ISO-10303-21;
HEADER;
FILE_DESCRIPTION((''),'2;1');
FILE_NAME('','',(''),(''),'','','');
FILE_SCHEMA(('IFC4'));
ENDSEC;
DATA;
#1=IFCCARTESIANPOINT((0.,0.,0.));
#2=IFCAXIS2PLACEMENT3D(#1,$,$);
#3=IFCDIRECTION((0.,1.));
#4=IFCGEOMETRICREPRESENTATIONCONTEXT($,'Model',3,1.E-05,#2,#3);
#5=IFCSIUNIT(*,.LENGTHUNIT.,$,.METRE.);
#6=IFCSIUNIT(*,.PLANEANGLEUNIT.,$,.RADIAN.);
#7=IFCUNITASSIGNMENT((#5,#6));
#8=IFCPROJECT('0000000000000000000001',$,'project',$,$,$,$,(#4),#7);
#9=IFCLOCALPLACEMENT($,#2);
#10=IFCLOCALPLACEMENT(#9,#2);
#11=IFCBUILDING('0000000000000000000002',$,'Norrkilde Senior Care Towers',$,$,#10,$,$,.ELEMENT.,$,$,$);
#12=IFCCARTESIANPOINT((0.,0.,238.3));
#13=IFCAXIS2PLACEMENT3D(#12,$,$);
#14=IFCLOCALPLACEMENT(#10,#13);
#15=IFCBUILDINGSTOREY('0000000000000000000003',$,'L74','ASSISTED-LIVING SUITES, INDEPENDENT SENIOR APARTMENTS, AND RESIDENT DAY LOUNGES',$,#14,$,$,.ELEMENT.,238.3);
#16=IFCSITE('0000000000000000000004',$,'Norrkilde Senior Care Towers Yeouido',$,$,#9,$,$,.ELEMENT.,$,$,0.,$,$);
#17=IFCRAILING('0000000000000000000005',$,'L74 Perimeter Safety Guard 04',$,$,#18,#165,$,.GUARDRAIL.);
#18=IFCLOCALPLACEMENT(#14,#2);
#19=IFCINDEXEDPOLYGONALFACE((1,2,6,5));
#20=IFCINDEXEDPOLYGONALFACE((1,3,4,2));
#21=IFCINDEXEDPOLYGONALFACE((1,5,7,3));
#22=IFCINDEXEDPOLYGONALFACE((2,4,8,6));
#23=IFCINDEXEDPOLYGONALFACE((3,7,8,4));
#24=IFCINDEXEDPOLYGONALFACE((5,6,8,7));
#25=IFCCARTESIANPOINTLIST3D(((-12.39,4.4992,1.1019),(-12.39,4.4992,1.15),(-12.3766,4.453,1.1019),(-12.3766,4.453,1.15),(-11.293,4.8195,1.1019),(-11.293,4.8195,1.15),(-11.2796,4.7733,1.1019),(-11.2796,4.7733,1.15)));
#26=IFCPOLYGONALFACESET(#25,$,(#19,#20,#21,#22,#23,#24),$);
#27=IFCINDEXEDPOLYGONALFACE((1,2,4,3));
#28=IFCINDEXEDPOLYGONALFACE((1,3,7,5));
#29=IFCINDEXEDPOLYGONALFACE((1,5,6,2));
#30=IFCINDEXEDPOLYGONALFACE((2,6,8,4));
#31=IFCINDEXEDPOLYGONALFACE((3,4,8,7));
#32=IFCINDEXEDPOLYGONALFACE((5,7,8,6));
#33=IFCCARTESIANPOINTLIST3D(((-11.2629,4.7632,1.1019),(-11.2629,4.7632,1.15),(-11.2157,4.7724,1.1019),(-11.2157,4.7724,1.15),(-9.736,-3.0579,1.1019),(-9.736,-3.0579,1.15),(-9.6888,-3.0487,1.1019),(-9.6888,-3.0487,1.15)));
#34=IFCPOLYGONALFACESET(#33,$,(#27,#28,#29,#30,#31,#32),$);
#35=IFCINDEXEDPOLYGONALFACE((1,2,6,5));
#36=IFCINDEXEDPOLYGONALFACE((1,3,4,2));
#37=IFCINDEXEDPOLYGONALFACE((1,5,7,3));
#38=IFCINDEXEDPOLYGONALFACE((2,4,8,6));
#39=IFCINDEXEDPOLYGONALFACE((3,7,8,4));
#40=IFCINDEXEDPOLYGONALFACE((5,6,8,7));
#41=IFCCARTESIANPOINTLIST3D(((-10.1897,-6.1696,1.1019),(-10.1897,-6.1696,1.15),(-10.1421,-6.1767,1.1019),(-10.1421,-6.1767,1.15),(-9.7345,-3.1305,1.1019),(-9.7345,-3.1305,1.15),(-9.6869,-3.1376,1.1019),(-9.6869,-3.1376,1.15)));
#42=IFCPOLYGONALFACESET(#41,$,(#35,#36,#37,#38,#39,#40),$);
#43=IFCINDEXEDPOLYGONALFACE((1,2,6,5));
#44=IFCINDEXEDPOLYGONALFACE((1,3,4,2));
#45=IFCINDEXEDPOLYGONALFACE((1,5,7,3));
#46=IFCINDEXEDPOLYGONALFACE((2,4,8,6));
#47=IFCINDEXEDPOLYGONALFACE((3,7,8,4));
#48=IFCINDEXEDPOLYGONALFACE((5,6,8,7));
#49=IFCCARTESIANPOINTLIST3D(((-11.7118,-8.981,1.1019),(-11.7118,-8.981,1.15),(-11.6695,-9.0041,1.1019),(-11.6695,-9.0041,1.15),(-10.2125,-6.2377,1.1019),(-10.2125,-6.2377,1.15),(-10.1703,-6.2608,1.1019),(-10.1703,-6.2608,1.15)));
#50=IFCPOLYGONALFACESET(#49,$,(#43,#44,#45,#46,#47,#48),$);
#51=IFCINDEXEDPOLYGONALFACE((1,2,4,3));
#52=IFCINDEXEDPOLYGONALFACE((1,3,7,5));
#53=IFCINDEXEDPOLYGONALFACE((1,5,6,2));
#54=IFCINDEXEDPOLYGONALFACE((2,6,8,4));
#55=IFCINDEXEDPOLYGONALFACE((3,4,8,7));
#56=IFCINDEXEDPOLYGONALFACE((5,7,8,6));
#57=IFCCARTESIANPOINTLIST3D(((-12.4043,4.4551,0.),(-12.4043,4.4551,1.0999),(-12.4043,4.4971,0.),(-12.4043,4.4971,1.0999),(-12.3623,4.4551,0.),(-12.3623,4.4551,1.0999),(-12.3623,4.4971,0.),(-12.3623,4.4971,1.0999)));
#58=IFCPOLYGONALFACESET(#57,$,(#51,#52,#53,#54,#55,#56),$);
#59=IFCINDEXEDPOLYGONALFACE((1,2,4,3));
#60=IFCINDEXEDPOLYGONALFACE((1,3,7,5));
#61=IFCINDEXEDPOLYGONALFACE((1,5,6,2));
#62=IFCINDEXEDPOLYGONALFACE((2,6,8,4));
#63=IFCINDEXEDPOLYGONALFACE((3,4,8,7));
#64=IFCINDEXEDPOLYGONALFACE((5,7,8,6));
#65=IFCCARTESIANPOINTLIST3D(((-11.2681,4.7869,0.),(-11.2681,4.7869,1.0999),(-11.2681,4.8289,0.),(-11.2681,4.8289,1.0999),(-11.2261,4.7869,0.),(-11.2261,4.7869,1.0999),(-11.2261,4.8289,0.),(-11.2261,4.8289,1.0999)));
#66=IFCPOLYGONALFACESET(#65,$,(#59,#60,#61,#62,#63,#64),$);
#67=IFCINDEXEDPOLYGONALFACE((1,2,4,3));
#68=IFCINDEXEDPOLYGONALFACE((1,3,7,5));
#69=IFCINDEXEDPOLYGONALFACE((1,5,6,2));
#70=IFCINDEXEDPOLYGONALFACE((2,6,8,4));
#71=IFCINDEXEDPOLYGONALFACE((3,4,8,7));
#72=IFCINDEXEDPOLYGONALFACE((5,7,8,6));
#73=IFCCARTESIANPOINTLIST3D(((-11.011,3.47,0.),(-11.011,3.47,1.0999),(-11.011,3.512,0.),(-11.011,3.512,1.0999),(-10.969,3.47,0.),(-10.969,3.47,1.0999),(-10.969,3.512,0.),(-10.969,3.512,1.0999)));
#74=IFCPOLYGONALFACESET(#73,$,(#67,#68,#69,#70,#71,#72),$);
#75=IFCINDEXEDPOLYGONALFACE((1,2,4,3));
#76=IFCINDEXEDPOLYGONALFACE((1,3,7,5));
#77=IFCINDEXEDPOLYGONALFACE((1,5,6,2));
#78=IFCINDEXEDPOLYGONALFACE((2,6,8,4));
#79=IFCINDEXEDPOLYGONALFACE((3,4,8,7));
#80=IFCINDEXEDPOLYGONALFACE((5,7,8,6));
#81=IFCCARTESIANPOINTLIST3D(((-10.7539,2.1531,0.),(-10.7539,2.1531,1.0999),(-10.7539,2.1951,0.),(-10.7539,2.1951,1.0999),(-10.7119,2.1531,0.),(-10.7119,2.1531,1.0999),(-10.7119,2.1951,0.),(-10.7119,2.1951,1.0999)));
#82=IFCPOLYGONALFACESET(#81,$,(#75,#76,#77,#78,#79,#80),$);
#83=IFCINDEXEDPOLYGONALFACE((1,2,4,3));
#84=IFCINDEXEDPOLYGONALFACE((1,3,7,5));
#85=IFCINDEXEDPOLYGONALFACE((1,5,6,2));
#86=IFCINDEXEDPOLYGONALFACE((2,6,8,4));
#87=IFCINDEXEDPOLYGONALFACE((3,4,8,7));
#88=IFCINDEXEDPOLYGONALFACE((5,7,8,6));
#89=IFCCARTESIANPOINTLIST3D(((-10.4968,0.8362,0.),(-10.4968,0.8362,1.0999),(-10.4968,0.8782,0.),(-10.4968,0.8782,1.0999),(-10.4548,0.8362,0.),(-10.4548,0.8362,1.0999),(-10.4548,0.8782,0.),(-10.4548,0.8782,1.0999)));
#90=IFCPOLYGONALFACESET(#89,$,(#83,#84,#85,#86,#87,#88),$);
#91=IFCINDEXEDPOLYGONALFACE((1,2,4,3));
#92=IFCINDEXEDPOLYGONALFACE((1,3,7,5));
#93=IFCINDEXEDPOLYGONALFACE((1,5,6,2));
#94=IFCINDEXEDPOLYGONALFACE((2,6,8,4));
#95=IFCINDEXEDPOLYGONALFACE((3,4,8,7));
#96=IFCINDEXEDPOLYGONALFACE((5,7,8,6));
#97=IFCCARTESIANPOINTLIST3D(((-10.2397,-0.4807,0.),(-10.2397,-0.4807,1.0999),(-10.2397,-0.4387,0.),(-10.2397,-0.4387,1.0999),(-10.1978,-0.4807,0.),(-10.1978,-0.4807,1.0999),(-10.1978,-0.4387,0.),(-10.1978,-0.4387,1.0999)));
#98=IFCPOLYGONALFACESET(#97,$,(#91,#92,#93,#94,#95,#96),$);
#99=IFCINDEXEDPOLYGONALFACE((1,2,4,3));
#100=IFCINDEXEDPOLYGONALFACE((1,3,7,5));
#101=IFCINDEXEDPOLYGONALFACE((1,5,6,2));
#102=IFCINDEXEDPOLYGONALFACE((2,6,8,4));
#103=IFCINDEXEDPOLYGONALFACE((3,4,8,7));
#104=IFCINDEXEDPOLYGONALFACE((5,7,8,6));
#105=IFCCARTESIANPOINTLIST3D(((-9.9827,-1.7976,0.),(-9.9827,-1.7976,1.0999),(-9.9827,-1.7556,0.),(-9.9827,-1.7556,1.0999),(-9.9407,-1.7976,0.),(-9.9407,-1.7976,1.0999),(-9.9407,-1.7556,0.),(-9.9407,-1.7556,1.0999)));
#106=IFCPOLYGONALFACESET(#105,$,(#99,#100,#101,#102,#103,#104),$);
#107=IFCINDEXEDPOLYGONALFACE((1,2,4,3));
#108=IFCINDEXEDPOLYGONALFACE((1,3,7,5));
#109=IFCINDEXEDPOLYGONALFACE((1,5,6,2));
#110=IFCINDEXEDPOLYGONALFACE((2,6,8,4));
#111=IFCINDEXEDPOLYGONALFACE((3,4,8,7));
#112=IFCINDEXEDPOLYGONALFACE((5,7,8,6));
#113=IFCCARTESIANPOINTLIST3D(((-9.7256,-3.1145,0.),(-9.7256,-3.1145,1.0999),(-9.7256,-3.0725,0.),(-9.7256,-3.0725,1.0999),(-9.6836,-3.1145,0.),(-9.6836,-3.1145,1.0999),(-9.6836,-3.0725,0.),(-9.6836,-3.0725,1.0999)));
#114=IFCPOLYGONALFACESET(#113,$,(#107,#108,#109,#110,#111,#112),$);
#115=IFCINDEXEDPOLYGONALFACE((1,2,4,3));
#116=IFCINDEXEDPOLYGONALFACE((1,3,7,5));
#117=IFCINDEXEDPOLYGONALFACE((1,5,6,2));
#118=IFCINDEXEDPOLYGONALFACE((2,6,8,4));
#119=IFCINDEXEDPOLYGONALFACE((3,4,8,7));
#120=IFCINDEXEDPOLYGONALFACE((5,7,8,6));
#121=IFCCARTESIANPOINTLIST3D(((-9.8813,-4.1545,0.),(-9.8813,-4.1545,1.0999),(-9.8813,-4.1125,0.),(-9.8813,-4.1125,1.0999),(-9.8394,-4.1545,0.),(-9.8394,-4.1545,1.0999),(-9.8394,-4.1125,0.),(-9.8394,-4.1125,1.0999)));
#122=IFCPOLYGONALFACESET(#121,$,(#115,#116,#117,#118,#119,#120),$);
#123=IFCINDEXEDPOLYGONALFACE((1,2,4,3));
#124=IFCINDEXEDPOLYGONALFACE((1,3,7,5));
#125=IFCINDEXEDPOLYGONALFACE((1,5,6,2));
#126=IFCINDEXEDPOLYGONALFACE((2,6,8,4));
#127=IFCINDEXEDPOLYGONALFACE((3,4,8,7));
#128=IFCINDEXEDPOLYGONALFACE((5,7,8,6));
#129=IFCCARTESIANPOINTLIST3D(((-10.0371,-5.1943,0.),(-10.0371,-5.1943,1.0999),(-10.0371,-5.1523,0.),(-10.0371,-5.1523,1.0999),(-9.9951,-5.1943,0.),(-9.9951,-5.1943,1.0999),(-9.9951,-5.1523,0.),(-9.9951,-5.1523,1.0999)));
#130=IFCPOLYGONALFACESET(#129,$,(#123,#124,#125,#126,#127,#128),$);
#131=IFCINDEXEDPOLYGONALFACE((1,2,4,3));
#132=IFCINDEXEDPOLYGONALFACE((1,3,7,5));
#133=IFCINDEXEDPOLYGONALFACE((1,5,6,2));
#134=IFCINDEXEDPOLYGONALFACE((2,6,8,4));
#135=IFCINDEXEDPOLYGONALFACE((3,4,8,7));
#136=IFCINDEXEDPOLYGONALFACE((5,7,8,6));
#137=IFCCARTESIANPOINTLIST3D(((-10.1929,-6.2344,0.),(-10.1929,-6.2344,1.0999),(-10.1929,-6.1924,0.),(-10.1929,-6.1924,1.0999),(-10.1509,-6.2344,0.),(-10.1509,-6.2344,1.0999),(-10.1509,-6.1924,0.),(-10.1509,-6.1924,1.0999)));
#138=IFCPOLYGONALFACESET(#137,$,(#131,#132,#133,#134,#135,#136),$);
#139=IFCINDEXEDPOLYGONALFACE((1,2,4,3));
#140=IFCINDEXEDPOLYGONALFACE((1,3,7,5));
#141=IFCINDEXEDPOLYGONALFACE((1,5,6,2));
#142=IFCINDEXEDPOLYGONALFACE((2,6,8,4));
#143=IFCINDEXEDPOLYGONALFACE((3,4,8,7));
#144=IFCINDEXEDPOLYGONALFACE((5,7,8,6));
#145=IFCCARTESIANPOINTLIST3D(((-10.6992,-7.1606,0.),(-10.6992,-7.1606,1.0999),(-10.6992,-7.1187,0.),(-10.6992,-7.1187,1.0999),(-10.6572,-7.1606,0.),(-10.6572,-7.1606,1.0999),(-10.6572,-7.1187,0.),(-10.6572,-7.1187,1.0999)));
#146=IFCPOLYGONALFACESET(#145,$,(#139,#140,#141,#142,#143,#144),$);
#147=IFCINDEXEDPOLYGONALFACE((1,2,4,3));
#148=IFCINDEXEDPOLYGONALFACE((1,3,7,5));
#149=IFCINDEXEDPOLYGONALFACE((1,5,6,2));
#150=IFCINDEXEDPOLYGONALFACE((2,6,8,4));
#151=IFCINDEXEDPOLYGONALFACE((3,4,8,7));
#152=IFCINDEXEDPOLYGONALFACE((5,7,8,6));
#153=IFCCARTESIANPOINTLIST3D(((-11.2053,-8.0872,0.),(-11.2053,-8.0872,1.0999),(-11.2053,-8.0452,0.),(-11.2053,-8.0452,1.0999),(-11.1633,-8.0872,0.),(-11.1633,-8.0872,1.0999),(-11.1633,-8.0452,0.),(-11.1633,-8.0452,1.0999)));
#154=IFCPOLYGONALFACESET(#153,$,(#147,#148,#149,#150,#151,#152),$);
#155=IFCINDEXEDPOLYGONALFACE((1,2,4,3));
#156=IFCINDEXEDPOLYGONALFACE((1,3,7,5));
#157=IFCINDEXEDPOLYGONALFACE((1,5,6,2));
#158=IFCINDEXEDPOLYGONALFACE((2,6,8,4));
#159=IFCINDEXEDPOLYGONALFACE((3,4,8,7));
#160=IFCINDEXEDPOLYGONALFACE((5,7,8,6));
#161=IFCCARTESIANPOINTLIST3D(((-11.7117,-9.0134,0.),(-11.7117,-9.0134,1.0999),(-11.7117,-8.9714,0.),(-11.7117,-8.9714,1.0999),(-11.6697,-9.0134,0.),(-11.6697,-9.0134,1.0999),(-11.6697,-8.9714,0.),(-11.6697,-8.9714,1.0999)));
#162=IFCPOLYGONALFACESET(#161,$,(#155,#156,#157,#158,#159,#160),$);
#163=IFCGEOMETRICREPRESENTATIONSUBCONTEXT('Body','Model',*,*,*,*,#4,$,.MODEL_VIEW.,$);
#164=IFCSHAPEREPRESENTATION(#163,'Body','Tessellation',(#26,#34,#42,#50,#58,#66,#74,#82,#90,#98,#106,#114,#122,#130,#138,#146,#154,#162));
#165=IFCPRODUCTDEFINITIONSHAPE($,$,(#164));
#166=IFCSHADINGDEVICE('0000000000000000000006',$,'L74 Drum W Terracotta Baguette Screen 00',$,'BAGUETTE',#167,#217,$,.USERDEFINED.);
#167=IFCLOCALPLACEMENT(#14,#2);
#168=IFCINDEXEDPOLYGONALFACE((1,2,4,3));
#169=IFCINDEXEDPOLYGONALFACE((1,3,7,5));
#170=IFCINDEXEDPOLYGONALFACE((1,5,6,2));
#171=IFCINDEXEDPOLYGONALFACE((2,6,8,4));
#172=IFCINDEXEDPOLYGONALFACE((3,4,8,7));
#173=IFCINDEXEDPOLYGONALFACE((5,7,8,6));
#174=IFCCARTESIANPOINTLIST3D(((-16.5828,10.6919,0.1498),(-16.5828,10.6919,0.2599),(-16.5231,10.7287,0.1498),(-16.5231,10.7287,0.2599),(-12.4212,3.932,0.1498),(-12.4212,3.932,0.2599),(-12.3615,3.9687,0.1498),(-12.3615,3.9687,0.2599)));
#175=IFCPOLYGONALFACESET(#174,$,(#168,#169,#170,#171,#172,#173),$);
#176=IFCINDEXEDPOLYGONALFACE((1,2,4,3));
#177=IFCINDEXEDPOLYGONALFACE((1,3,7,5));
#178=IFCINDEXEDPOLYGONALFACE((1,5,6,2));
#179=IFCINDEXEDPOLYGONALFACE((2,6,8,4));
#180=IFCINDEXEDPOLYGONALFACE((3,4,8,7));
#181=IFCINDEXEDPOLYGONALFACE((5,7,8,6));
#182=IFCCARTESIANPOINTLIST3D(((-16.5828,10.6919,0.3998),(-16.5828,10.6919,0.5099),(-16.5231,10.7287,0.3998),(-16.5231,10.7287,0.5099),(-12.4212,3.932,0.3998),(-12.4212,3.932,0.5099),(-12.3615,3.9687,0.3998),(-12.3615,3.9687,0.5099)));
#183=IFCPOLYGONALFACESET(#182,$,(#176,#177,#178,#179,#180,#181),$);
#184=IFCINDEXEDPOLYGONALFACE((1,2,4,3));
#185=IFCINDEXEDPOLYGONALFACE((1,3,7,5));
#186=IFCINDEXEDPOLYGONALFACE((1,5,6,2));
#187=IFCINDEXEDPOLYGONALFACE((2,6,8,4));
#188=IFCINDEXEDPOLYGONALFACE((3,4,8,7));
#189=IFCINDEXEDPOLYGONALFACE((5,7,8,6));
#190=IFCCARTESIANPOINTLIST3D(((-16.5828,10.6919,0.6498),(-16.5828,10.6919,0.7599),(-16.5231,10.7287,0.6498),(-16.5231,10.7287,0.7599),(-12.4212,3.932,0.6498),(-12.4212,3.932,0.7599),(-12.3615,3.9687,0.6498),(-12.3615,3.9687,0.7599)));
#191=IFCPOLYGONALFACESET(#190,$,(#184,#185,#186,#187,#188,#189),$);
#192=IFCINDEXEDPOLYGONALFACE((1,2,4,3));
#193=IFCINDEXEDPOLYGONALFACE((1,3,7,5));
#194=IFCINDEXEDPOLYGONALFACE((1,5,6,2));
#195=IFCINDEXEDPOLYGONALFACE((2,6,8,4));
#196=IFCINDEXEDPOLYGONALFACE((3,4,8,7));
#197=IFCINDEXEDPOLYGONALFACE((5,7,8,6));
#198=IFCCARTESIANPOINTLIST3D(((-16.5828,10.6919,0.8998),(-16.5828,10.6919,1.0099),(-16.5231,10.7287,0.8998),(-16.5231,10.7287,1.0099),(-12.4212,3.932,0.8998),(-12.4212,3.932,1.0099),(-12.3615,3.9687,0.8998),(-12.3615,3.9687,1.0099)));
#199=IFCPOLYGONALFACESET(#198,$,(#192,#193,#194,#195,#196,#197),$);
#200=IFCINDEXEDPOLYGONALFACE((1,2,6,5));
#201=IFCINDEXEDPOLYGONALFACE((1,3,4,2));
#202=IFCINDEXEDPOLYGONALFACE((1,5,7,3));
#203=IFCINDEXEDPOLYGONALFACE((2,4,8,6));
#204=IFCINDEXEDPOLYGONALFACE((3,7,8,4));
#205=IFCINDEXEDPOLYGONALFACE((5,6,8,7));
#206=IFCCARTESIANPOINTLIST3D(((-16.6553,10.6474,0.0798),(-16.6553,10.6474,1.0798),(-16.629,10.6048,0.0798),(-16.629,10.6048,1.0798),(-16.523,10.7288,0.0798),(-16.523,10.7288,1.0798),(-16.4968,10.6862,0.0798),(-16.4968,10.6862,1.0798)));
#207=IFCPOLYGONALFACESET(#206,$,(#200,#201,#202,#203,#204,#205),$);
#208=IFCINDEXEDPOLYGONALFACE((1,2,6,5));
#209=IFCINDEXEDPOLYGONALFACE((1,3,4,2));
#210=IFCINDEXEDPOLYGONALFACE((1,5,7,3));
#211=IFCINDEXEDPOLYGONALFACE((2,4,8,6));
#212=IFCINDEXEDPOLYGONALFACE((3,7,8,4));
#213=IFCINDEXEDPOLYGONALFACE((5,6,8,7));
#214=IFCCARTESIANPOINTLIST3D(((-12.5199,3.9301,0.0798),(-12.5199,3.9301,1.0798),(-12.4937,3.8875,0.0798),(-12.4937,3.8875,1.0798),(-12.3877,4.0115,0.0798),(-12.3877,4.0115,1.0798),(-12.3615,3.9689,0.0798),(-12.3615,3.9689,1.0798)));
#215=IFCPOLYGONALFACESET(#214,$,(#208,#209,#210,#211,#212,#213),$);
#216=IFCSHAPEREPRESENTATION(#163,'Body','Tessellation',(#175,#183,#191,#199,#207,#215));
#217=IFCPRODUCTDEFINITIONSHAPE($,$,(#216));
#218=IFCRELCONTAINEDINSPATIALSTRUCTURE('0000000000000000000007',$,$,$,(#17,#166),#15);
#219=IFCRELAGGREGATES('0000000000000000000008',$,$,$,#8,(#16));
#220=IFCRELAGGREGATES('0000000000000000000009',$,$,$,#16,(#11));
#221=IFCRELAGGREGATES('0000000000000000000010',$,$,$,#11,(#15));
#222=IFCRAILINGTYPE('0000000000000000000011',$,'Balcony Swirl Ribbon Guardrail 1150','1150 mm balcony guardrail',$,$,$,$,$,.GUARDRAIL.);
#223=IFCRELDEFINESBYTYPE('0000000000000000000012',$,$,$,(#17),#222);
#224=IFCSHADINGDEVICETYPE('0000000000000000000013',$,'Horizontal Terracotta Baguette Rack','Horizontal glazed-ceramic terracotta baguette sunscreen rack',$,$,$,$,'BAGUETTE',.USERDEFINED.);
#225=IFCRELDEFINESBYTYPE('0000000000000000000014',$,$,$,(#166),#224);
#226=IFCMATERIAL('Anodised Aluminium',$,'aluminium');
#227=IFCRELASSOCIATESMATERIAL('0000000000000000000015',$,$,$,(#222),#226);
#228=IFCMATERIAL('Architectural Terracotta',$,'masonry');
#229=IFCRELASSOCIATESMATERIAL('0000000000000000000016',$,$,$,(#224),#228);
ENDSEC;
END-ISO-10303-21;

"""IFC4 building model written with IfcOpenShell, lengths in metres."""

from ifc_helpers import new_model, si_unit, direction, frame, origin, origin_2d, place, context, subcontext, project, spatial, rectangle, extrude, source, transform, mapped, material, type_object, type_shapes, element, save


model = new_model("IFC4")

# Units and contexts
model_context = context("Model", 3, precision=1e-05, world=origin(), true_north=direction((0.0, 1.0)))
body_context = subcontext(model_context, "Body", "Model", "MODEL_VIEW")
ifc_project = project(units=[si_unit("LENGTHUNIT", "METRE"), si_unit("PLANEANGLEUNIT", "RADIAN")], contexts=[model_context])

# Site, building, storey
site_placement = place(None, origin())
site = spatial("IfcSite", under=ifc_project, at=site_placement, Name="Norrkilde Senior Care Towers Yeouido", CompositionType="ELEMENT", RefElevation=0.0)
building_placement = place(site_placement, origin())
building = spatial("IfcBuilding", under=site, at=building_placement, Name="Norrkilde Senior Care Towers", CompositionType="ELEMENT")
storey_placement = place(building_placement, frame((0.0, 0.0, 238.3)))
storey = spatial("IfcBuildingStorey", under=building, at=storey_placement, Name="L74", Description="ASSISTED-LIVING SUITES, INDEPENDENT SENIOR APARTMENTS, AND RESIDENT DAY LOUNGES", CompositionType="ELEMENT", Elevation=238.3)

# Shared definitions
ifc_material_1 = material(Name="Anodised Aluminium", Category="aluminium")

# Railing
railing_type = type_object("IfcRailingType", Name="Balcony Swirl Ribbon Guardrail 1150", Description="1150 mm balcony guardrail", PredefinedType="GUARDRAIL", material=ifc_material_1)
railing_placement = place(storey_placement, frame((-12.3833, 4.4761, 0.0)))
element("IfcRailing", 1, at=railing_placement, inside=storey, type_object=railing_type, Name="L74 Perimeter Safety Guard 04", PredefinedType="GUARDRAIL", context=body_context, shape_type="SweptSolid", body=[
    extrude(rectangle(XDim=0.0481, YDim=0.0481, at=origin_2d()), frame((0.0, 0.0, 1.126), z_axis=(0.959912, 0.280301, 0.0), x_axis=(-0.280301, 0.959912, 0.0)), (0.0, 0.0, 1.0), 1.1428),
    extrude(rectangle(XDim=0.0481, YDim=0.0481, at=origin_2d()), frame((1.144, 0.2917, 1.126), z_axis=(0.1916, -0.981473, 0.0), x_axis=(0.981473, 0.1916, 0.0)), (0.0, 0.0, 1.0), 7.9688),
    extrude(rectangle(XDim=0.0481, YDim=0.0481, at=origin_2d()), frame((2.6726, -7.6101, 1.126), z_axis=(-0.148125, -0.988969, 0.0), x_axis=(0.988969, -0.148125, 0.0)), (0.0, 0.0, 1.0), 3.073),
    extrude(rectangle(XDim=0.0481, YDim=0.0481, at=origin_2d()), frame((2.1919, -10.7253, 1.126), z_axis=(-0.47957, -0.877503, 0.0), x_axis=(0.877503, -0.47957, 0.0)), (0.0, 0.0, 1.0), 3.1262),
    extrude(rectangle(XDim=0.042, YDim=0.042, at=origin_2d()), origin(), (0.0, 0.0, 1.0), 1.0999),
    extrude(rectangle(XDim=0.042, YDim=0.042, at=origin_2d()), frame((1.1362, 0.3318, 0.0)), (0.0, 0.0, 1.0), 1.0999),
    extrude(rectangle(XDim=0.042, YDim=0.042, at=origin_2d()), frame((1.3933, -0.9851, 0.0)), (0.0, 0.0, 1.0), 1.0999),
    extrude(rectangle(XDim=0.042, YDim=0.042, at=origin_2d()), frame((1.6504, -2.302, 0.0)), (0.0, 0.0, 1.0), 1.0999),
    extrude(rectangle(XDim=0.042, YDim=0.042, at=origin_2d()), frame((1.9075, -3.6189, 0.0)), (0.0, 0.0, 1.0), 1.0999),
    extrude(rectangle(XDim=0.042, YDim=0.042, at=origin_2d()), frame((2.1646, -4.9358, 0.0)), (0.0, 0.0, 1.0), 1.0999),
    extrude(rectangle(XDim=0.042, YDim=0.042, at=origin_2d()), frame((2.4216, -6.2527, 0.0)), (0.0, 0.0, 1.0), 1.0999),
    extrude(rectangle(XDim=0.042, YDim=0.042, at=origin_2d()), frame((2.6787, -7.5696, 0.0)), (0.0, 0.0, 1.0), 1.0999),
    extrude(rectangle(XDim=0.042, YDim=0.042, at=origin_2d()), frame((2.5229, -8.6096, 0.0)), (0.0, 0.0, 1.0), 1.0999),
    extrude(rectangle(XDim=0.042, YDim=0.042, at=origin_2d()), frame((2.3672, -9.6494, 0.0)), (0.0, 0.0, 1.0), 1.0999),
    extrude(rectangle(XDim=0.042, YDim=0.042, at=origin_2d()), frame((2.2114, -10.6895, 0.0)), (0.0, 0.0, 1.0), 1.0999),
    extrude(rectangle(XDim=0.042, YDim=0.042, at=origin_2d()), frame((1.7051, -11.6157, 0.0)), (0.0, 0.0, 1.0), 1.0999),
    extrude(rectangle(XDim=0.042, YDim=0.042, at=origin_2d()), frame((1.199, -12.5422, 0.0)), (0.0, 0.0, 1.0), 1.0999),
    extrude(rectangle(XDim=0.042, YDim=0.042, at=origin_2d()), frame((0.6926, -13.4685, 0.0)), (0.0, 0.0, 1.0), 1.0999),
])

# Shading device
ifc_material_2 = material(Name="Architectural Terracotta", Category="masonry")
shading_device_type = type_object("IfcShadingDeviceType", Name="Horizontal Terracotta Baguette Rack", Description="Horizontal glazed-ceramic terracotta baguette sunscreen rack", ElementType="BAGUETTE", PredefinedType="USERDEFINED", material=ifc_material_2)
shared_shape_1 = source(origin(), body_context, "Body", "SweptSolid", [
    extrude(rectangle(XDim=0.0701, YDim=0.1101, at=origin_2d()), frame((0.0, 0.0901, 0.125), z_axis=(1.0, 0.0, 0.0), x_axis=(0.0, 1.0, 0.0)), (0.0, 0.0, 1.0), 7.9382),
    extrude(rectangle(XDim=0.0701, YDim=0.1101, at=origin_2d()), frame((0.0, 0.0901, 0.375), z_axis=(1.0, 0.0, 0.0), x_axis=(0.0, 1.0, 0.0)), (0.0, 0.0, 1.0), 7.9382),
    extrude(rectangle(XDim=0.0701, YDim=0.1101, at=origin_2d()), frame((0.0, 0.0901, 0.625), z_axis=(1.0, 0.0, 0.0), x_axis=(0.0, 1.0, 0.0)), (0.0, 0.0, 1.0), 7.9382),
    extrude(rectangle(XDim=0.0701, YDim=0.1101, at=origin_2d()), frame((0.0, 0.0901, 0.875), z_axis=(1.0, 0.0, 0.0), x_axis=(0.0, 1.0, 0.0)), (0.0, 0.0, 1.0), 7.9382),
    extrude(rectangle(XDim=0.05, YDim=0.1553, at=origin_2d()), frame((0.0249, 0.0476, 0.0)), (0.0, 0.0, 1.0), 1.0),
    extrude(rectangle(XDim=0.05, YDim=0.1553, at=origin_2d()), frame((7.9131, 0.0476, 0.0)), (0.0, 0.0, 1.0), 1.0),
])
type_shapes(shading_device_type, [shared_shape_1])
shading_device_placement = place(storey_placement, frame((-16.6296, 10.6631, 0.0798), z_axis=(0.0, 0.0, 1.0), x_axis=(0.52425, -0.851576, 0.0)))
element("IfcShadingDevice", 2, at=shading_device_placement, inside=storey, type_object=shading_device_type, Name="L74 Drum W Terracotta Baguette Screen 00", ObjectType="BAGUETTE", PredefinedType="USERDEFINED", context=body_context, shape_type="MappedRepresentation", body=[
    mapped(shared_shape_1, transform((0.0, 0.0, 0.0), x_axis=(1.0, 0.0, 0.0), y_axis=(0.0, 1.0, 0.0), z_axis=(0.0, 0.0, 1.0), scale=1.0)),
])

save(model, "model.ifc")
